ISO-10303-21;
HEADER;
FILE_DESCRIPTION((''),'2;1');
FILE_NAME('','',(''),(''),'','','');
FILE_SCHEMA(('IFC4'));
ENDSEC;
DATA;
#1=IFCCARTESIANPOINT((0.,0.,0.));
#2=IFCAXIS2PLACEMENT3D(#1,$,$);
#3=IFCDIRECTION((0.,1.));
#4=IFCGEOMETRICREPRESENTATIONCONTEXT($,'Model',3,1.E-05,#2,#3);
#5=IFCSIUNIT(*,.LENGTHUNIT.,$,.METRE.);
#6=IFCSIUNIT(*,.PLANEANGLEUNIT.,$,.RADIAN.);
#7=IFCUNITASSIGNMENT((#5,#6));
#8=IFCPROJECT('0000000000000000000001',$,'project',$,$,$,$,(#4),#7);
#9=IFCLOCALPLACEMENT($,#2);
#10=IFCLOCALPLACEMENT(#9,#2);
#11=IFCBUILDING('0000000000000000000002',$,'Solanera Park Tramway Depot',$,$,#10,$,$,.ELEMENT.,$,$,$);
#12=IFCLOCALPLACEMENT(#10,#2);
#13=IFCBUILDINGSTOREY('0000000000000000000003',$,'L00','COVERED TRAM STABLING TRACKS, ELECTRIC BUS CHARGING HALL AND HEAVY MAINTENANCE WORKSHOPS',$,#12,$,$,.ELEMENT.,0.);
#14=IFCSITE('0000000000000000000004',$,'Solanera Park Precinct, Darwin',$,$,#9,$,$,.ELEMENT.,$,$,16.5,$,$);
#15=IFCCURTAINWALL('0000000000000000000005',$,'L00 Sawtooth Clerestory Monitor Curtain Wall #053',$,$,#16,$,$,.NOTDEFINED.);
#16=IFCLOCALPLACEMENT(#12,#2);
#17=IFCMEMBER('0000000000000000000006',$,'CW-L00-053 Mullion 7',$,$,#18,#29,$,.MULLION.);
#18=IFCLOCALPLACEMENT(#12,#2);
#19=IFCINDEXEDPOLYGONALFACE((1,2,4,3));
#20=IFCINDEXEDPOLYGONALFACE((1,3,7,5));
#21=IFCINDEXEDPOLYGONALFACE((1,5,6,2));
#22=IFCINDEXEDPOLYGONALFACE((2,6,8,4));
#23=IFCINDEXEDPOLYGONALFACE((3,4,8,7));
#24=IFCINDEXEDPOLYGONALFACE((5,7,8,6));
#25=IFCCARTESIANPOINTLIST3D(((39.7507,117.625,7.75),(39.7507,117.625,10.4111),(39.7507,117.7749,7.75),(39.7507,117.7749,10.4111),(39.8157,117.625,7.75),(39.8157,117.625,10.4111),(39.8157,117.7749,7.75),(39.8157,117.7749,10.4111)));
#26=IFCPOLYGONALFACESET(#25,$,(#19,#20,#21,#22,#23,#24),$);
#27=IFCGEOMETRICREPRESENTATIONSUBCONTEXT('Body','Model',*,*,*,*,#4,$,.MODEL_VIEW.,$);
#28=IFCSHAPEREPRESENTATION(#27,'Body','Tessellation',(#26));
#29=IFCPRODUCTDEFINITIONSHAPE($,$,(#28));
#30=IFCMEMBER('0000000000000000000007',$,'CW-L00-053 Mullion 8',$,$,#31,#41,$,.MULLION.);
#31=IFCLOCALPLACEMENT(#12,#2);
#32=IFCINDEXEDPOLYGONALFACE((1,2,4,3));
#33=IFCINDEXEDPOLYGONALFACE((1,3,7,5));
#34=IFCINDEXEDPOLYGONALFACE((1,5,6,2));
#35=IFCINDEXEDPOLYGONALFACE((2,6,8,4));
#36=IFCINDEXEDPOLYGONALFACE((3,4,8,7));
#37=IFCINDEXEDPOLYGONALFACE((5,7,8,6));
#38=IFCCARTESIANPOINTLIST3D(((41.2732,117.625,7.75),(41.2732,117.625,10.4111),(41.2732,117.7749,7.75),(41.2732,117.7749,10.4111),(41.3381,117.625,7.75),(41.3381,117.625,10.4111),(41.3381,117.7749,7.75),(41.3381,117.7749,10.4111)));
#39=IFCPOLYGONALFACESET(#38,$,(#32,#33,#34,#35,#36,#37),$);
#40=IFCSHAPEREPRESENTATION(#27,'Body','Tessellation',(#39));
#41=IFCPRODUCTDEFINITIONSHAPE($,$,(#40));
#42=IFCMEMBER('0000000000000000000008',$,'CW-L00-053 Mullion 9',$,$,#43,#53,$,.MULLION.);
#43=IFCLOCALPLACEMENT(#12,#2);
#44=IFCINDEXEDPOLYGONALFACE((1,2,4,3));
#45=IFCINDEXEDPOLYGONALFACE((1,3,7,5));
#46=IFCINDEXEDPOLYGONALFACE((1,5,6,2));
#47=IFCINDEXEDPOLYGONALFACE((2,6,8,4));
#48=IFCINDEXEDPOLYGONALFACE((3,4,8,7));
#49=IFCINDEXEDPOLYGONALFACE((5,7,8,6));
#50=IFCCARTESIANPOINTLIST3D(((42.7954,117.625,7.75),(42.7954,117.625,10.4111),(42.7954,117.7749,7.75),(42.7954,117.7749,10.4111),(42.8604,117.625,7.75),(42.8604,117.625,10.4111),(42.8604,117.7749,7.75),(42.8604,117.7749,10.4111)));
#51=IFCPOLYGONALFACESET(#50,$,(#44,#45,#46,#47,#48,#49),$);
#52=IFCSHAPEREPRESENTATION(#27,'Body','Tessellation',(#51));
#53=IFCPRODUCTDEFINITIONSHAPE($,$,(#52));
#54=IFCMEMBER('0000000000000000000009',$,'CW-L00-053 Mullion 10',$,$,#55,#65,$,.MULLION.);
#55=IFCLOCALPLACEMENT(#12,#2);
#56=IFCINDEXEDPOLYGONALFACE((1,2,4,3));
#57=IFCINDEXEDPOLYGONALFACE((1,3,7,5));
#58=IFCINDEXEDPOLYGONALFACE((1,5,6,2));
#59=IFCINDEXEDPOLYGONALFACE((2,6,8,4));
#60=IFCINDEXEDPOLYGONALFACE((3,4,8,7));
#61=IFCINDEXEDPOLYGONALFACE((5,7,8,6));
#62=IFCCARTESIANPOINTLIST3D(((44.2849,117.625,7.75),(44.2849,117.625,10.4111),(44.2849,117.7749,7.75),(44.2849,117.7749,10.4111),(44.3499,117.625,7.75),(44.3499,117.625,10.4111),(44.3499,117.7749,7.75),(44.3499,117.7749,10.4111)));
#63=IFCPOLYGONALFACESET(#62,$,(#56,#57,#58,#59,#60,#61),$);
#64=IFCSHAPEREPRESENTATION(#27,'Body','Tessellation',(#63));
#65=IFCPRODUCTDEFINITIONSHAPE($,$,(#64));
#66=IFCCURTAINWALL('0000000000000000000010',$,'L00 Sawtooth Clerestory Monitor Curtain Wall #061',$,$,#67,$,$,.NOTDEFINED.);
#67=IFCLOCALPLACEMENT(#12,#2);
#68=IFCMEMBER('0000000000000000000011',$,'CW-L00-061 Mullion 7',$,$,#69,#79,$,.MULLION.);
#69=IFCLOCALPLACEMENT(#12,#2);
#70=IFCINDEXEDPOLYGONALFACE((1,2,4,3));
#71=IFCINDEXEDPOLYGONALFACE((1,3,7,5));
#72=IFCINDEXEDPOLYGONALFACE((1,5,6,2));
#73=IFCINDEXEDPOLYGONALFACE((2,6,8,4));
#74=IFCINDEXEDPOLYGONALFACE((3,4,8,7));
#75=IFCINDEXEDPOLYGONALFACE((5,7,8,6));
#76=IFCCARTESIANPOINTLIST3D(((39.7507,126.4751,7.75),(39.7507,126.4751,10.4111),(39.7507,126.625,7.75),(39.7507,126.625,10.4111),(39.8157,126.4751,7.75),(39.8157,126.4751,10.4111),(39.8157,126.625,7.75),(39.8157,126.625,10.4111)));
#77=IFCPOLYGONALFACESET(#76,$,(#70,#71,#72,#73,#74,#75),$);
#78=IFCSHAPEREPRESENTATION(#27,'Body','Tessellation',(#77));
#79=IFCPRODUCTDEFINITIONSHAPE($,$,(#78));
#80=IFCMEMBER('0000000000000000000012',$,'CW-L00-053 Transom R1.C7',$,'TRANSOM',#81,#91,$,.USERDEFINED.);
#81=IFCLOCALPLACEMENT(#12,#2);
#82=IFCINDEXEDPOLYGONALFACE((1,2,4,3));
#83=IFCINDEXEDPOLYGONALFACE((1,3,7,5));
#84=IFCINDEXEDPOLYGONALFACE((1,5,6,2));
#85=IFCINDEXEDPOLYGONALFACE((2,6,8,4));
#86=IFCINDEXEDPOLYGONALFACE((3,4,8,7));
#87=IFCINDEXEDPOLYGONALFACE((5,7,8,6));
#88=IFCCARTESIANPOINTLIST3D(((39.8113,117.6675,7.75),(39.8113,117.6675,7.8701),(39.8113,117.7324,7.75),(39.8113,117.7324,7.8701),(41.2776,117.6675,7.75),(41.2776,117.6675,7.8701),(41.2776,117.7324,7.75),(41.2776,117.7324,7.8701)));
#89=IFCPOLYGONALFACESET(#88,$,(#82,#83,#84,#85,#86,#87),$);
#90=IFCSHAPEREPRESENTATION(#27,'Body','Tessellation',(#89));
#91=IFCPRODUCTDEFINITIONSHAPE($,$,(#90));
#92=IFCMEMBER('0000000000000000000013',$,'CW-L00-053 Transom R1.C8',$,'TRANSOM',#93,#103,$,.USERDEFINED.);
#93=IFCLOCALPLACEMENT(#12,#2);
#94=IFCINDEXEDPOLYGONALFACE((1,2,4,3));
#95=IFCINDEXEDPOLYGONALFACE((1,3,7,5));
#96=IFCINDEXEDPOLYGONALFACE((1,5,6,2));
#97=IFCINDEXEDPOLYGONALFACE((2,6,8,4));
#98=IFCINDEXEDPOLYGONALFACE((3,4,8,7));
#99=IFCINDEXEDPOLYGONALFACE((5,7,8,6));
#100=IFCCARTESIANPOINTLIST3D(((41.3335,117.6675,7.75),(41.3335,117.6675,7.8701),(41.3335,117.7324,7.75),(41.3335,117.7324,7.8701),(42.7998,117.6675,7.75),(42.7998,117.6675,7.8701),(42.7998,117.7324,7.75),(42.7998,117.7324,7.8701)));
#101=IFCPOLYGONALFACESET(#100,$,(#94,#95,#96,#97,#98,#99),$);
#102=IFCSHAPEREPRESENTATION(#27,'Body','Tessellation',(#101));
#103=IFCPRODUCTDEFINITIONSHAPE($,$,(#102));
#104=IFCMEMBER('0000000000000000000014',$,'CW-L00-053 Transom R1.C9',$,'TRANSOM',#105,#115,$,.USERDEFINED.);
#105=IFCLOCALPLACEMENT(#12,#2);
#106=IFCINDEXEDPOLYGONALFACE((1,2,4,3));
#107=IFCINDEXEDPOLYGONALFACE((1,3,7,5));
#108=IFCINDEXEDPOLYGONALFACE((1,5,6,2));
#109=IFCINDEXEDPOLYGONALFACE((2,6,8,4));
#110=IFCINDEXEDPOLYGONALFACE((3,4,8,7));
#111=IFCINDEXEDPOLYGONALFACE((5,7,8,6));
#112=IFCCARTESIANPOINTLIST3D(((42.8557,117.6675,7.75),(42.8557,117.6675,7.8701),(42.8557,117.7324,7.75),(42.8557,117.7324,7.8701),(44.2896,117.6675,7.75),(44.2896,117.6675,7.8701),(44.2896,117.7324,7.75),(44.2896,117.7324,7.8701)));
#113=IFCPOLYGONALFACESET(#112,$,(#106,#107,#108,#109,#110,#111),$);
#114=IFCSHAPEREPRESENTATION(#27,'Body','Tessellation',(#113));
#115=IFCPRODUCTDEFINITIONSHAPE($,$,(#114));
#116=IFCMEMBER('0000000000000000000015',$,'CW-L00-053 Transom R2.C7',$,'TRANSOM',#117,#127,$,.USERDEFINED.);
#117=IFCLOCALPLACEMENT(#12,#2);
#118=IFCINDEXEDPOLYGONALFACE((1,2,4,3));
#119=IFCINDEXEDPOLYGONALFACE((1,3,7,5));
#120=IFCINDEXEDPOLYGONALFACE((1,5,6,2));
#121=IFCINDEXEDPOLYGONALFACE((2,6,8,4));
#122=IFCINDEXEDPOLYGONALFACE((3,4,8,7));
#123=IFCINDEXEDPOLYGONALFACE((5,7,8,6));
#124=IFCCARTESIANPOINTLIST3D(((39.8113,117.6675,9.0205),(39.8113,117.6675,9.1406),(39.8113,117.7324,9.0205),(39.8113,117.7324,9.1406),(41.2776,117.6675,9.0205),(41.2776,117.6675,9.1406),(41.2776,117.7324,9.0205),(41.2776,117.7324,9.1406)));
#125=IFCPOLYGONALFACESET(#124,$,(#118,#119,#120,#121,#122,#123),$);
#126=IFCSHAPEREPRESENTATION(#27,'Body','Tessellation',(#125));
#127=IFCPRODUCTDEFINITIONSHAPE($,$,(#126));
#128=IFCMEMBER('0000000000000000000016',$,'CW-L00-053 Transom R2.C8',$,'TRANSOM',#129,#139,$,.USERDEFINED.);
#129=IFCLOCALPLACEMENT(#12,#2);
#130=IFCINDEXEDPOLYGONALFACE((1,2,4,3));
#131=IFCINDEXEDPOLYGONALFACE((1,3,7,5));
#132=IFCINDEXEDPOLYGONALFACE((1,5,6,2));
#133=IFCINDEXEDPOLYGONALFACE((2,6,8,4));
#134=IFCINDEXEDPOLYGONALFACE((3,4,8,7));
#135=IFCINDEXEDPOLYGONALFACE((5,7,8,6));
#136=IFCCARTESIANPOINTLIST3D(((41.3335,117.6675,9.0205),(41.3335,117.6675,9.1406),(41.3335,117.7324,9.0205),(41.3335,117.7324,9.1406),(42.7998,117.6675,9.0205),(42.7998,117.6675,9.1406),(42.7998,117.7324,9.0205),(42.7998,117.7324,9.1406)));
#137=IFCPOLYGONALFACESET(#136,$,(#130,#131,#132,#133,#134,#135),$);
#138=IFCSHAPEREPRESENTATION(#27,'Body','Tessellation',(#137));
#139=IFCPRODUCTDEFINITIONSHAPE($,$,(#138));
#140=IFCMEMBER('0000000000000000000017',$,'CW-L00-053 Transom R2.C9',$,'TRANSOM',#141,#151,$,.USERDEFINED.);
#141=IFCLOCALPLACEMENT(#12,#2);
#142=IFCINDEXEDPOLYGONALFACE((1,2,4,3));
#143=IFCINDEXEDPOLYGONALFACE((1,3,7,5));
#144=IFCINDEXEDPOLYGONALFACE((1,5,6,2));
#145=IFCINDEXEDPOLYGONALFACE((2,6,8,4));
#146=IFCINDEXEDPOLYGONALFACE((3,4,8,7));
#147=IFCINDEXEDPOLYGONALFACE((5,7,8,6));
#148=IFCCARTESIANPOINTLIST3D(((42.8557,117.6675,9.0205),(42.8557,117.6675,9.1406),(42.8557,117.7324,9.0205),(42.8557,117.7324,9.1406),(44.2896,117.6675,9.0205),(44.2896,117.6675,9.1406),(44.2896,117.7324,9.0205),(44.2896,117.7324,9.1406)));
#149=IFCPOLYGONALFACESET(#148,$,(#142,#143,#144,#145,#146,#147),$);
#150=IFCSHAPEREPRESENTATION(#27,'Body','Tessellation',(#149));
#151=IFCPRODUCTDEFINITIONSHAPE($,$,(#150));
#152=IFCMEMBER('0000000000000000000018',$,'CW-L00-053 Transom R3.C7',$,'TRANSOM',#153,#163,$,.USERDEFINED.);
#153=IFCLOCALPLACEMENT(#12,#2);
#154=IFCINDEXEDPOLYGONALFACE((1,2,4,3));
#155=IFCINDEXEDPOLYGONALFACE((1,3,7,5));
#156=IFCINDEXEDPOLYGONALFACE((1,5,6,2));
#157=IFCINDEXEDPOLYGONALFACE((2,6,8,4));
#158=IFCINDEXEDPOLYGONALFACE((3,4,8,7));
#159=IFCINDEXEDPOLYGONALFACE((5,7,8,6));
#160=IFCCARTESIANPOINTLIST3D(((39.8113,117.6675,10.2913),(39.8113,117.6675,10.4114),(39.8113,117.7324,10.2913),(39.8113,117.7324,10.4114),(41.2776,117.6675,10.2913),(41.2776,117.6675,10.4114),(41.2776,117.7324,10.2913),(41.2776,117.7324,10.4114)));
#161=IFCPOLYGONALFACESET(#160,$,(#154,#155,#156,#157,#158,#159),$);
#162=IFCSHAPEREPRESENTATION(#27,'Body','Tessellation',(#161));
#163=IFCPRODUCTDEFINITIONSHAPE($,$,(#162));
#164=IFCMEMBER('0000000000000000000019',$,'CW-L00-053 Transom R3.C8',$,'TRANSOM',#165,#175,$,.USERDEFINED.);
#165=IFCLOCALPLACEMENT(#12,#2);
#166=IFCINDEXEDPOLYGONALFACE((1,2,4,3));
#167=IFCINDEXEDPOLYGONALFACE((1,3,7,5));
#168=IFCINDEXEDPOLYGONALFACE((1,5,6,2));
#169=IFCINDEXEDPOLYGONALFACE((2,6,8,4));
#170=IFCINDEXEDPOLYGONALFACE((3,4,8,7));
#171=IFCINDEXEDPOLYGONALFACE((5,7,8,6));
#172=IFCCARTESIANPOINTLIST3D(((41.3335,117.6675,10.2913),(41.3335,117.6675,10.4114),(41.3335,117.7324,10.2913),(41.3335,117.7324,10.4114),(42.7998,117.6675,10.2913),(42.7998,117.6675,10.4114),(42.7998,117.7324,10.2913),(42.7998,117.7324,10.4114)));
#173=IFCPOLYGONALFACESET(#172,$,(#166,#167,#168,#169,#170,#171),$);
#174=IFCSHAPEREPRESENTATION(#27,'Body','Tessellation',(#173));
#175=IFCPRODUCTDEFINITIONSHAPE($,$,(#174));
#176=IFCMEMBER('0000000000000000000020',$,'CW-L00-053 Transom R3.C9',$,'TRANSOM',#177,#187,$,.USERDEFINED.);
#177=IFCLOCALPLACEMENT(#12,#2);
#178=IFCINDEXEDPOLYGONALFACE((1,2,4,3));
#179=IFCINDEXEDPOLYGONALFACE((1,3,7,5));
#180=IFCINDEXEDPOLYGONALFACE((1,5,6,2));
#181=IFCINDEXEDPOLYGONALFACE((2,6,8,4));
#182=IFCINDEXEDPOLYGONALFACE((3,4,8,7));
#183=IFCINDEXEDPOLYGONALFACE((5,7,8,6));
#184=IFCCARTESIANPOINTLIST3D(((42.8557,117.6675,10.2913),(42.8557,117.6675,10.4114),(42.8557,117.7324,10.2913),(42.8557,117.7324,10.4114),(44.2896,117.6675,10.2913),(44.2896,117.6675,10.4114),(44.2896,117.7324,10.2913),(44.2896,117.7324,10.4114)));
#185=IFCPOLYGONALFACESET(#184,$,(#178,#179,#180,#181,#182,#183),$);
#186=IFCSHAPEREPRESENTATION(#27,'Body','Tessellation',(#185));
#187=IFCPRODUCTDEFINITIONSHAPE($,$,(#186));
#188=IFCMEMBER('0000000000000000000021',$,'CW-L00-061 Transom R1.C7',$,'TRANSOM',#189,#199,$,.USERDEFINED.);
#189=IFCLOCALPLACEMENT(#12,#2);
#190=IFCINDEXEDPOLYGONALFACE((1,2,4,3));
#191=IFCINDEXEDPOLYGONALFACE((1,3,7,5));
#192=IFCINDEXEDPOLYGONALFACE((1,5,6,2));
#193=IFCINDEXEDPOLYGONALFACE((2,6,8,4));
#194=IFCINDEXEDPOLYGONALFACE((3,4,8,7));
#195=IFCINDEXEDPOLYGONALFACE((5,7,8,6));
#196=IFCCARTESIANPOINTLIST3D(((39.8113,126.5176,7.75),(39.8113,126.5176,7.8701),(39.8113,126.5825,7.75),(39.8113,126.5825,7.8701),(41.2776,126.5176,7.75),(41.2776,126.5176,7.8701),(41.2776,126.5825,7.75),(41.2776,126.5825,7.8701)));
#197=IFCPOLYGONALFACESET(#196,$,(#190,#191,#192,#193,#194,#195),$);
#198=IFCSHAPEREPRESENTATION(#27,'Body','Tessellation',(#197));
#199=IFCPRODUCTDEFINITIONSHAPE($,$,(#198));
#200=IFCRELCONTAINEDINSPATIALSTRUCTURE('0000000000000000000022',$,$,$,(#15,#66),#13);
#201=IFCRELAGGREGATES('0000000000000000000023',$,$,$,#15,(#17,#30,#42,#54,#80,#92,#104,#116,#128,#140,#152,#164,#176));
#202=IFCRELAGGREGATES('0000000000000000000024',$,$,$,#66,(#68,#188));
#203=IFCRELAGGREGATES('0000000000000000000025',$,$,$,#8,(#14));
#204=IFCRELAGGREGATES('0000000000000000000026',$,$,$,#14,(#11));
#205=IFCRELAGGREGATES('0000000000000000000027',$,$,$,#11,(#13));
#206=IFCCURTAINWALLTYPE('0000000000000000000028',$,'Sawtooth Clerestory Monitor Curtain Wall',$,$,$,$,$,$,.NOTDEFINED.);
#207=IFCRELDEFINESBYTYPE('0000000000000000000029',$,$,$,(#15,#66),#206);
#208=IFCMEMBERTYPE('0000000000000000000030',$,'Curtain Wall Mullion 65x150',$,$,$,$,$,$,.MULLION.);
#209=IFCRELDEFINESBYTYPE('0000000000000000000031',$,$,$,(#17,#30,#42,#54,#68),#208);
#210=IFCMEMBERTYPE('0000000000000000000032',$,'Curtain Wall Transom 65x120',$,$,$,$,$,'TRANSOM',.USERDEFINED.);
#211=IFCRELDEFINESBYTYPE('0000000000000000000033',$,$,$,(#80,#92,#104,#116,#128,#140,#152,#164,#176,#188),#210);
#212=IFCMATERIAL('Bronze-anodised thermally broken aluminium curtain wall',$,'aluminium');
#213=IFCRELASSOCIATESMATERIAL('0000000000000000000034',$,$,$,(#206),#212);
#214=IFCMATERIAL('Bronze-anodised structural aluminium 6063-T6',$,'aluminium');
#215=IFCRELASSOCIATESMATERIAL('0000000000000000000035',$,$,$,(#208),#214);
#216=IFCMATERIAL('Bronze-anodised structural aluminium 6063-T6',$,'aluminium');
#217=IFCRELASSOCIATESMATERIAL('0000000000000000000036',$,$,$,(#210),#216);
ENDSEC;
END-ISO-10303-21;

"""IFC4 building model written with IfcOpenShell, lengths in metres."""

from ifc_helpers import new_model, si_unit, direction, frame, origin, origin_2d, place, context, subcontext, project, spatial, rectangle, extrude, material, material_profile, profile_set, type_object, element, aggregate, save


model = new_model("IFC4")

# Units and contexts
model_context = context("Model", 3, precision=1e-05, world=origin(), true_north=direction((0.0, 1.0)))
body_context = subcontext(model_context, "Body", "Model", "MODEL_VIEW")
ifc_project = project(units=[si_unit("LENGTHUNIT", "METRE"), si_unit("PLANEANGLEUNIT", "RADIAN")], contexts=[model_context])

# Site, building, storey
site_placement = place(None, origin())
site = spatial("IfcSite", under=ifc_project, at=site_placement, Name="Solanera Park Precinct, Darwin", CompositionType="ELEMENT", RefElevation=16.5)
building_placement = place(site_placement, origin())
building = spatial("IfcBuilding", under=site, at=building_placement, Name="Solanera Park Tramway Depot", CompositionType="ELEMENT")
storey_placement = place(building_placement, origin())
storey = spatial("IfcBuildingStorey", under=building, at=storey_placement, Name="L00", Description="COVERED TRAM STABLING TRACKS, ELECTRIC BUS CHARGING HALL AND HEAVY MAINTENANCE WORKSHOPS", CompositionType="ELEMENT", Elevation=0.0)

# Curtain wall, members
ifc_material_1 = material(Name="Bronze-anodised thermally broken aluminium curtain wall", Category="aluminium")
curtain_wall_type = type_object("IfcCurtainWallType", Name="Sawtooth Clerestory Monitor Curtain Wall", PredefinedType="NOTDEFINED", material=ifc_material_1)
curtain_wall_1_placement = place(storey_placement, origin())
curtain_wall_1 = element("IfcCurtainWall", 1, at=curtain_wall_1_placement, inside=storey, type_object=curtain_wall_type, Name="L00 Sawtooth Clerestory Monitor Curtain Wall #053", PredefinedType="NOTDEFINED")
ifc_material_2 = material(Name="Bronze-anodised structural aluminium 6063-T6", Category="aluminium")
ifc_material_profile_1 = material_profile(ifc_material_2, rectangle(XDim=0.0649, YDim=0.1499, at=origin_2d()), Name="Curtain Wall Mullion 65x150")
ifc_profile_set_1 = profile_set([ifc_material_profile_1], Name="Bronze-anodised structural aluminium 6063-T6")
member_type_1 = type_object("IfcMemberType", Name="Curtain Wall Mullion 65x150", PredefinedType="MULLION", material=ifc_profile_set_1)
member_1_placement = place(storey_placement, frame((39.7832, 117.7, 7.75), z_axis=(0.0, 0.0, 1.0), x_axis=(1.0, 0.0, 0.0)))
member_1 = element("IfcMember", 2, at=member_1_placement, type_object=member_type_1, Name="CW-L00-053 Mullion 7", PredefinedType="MULLION", context=body_context, shape_type="SweptSolid", body=[
    extrude(rectangle(XDim=0.0649, YDim=0.1499, at=origin_2d()), origin(), (0.0, 0.0, 1.0), 2.6611),
])
member_2_placement = place(storey_placement, frame((41.3057, 117.7, 7.75), z_axis=(0.0, 0.0, 1.0), x_axis=(1.0, 0.0, 0.0)))
member_2 = element("IfcMember", 3, at=member_2_placement, type_object=member_type_1, Name="CW-L00-053 Mullion 8", PredefinedType="MULLION", context=body_context, shape_type="SweptSolid", body=[
    extrude(rectangle(XDim=0.0649, YDim=0.1499, at=origin_2d()), origin(), (0.0, 0.0, 1.0), 2.6611),
])
member_3_placement = place(storey_placement, frame((42.8279, 117.7, 7.75), z_axis=(0.0, 0.0, 1.0), x_axis=(1.0, 0.0, 0.0)))
member_3 = element("IfcMember", 4, at=member_3_placement, type_object=member_type_1, Name="CW-L00-053 Mullion 9", PredefinedType="MULLION", context=body_context, shape_type="SweptSolid", body=[
    extrude(rectangle(XDim=0.0649, YDim=0.1499, at=origin_2d()), origin(), (0.0, 0.0, 1.0), 2.6611),
])
member_4_placement = place(storey_placement, frame((44.3174, 117.7, 7.75), z_axis=(0.0, 0.0, 1.0), x_axis=(1.0, 0.0, 0.0)))
member_4 = element("IfcMember", 5, at=member_4_placement, type_object=member_type_1, Name="CW-L00-053 Mullion 10", PredefinedType="MULLION", context=body_context, shape_type="SweptSolid", body=[
    extrude(rectangle(XDim=0.0649, YDim=0.1499, at=origin_2d()), origin(), (0.0, 0.0, 1.0), 2.6611),
])

# Curtain wall, member
curtain_wall_2_placement = place(storey_placement, origin())
curtain_wall_2 = element("IfcCurtainWall", 6, at=curtain_wall_2_placement, inside=storey, type_object=curtain_wall_type, Name="L00 Sawtooth Clerestory Monitor Curtain Wall #061", PredefinedType="NOTDEFINED")
member_5_placement = place(storey_placement, frame((39.7832, 126.55, 7.75), z_axis=(0.0, 0.0, 1.0), x_axis=(1.0, 0.0, 0.0)))
member_5 = element("IfcMember", 7, at=member_5_placement, type_object=member_type_1, Name="CW-L00-061 Mullion 7", PredefinedType="MULLION", context=body_context, shape_type="SweptSolid", body=[
    extrude(rectangle(XDim=0.0649, YDim=0.1499, at=origin_2d()), origin(), (0.0, 0.0, 1.0), 2.6611),
])

# Members
ifc_material_3 = material(Name="Bronze-anodised structural aluminium 6063-T6", Category="aluminium")
ifc_material_profile_2 = material_profile(ifc_material_3, rectangle(XDim=0.0649, YDim=0.1201, at=origin_2d()), Name="Curtain Wall Transom 65x120")
ifc_profile_set_2 = profile_set([ifc_material_profile_2], Name="Bronze-anodised structural aluminium 6063-T6")
member_type_2 = type_object("IfcMemberType", Name="Curtain Wall Transom 65x120", ElementType="TRANSOM", PredefinedType="USERDEFINED", material=ifc_profile_set_2)
member_6_placement = place(storey_placement, frame((39.8113, 117.7, 7.8101), z_axis=(1.0, 0.0, 0.0), x_axis=(0.0, 1.0, 0.0)))
member_6 = element("IfcMember", 8, at=member_6_placement, type_object=member_type_2, Name="CW-L00-053 Transom R1.C7", ObjectType="TRANSOM", PredefinedType="USERDEFINED", context=body_context, shape_type="SweptSolid", body=[
    extrude(rectangle(XDim=0.0649, YDim=0.1201, at=origin_2d()), origin(), (0.0, 0.0, 1.0), 1.4663),
])
member_7_placement = place(storey_placement, frame((41.3335, 117.7, 7.8101), z_axis=(1.0, 0.0, 0.0), x_axis=(0.0, 1.0, 0.0)))
member_7 = element("IfcMember", 9, at=member_7_placement, type_object=member_type_2, Name="CW-L00-053 Transom R1.C8", ObjectType="TRANSOM", PredefinedType="USERDEFINED", context=body_context, shape_type="SweptSolid", body=[
    extrude(rectangle(XDim=0.0649, YDim=0.1201, at=origin_2d()), origin(), (0.0, 0.0, 1.0), 1.4663),
])
member_8_placement = place(storey_placement, frame((42.8557, 117.7, 7.8101), z_axis=(1.0, 0.0, 0.0), x_axis=(0.0, 1.0, 0.0)))
member_8 = element("IfcMember", 10, at=member_8_placement, type_object=member_type_2, Name="CW-L00-053 Transom R1.C9", ObjectType="TRANSOM", PredefinedType="USERDEFINED", context=body_context, shape_type="SweptSolid", body=[
    extrude(rectangle(XDim=0.0649, YDim=0.1201, at=origin_2d()), origin(), (0.0, 0.0, 1.0), 1.4338),
])
member_9_placement = place(storey_placement, frame((39.8113, 117.7, 9.0806), z_axis=(1.0, 0.0, 0.0), x_axis=(0.0, 1.0, 0.0)))
member_9 = element("IfcMember", 11, at=member_9_placement, type_object=member_type_2, Name="CW-L00-053 Transom R2.C7", ObjectType="TRANSOM", PredefinedType="USERDEFINED", context=body_context, shape_type="SweptSolid", body=[
    extrude(rectangle(XDim=0.0649, YDim=0.1201, at=origin_2d()), origin(), (0.0, 0.0, 1.0), 1.4663),
])
member_10_placement = place(storey_placement, frame((41.3335, 117.7, 9.0806), z_axis=(1.0, 0.0, 0.0), x_axis=(0.0, 1.0, 0.0)))
member_10 = element("IfcMember", 12, at=member_10_placement, type_object=member_type_2, Name="CW-L00-053 Transom R2.C8", ObjectType="TRANSOM", PredefinedType="USERDEFINED", context=body_context, shape_type="SweptSolid", body=[
    extrude(rectangle(XDim=0.0649, YDim=0.1201, at=origin_2d()), origin(), (0.0, 0.0, 1.0), 1.4663),
])
member_11_placement = place(storey_placement, frame((42.8557, 117.7, 9.0806), z_axis=(1.0, 0.0, 0.0), x_axis=(0.0, 1.0, 0.0)))
member_11 = element("IfcMember", 13, at=member_11_placement, type_object=member_type_2, Name="CW-L00-053 Transom R2.C9", ObjectType="TRANSOM", PredefinedType="USERDEFINED", context=body_context, shape_type="SweptSolid", body=[
    extrude(rectangle(XDim=0.0649, YDim=0.1201, at=origin_2d()), origin(), (0.0, 0.0, 1.0), 1.4338),
])
member_12_placement = place(storey_placement, frame((39.8113, 117.7, 10.3513), z_axis=(1.0, 0.0, 0.0), x_axis=(0.0, 1.0, 0.0)))
member_12 = element("IfcMember", 14, at=member_12_placement, type_object=member_type_2, Name="CW-L00-053 Transom R3.C7", ObjectType="TRANSOM", PredefinedType="USERDEFINED", context=body_context, shape_type="SweptSolid", body=[
    extrude(rectangle(XDim=0.0649, YDim=0.1201, at=origin_2d()), origin(), (0.0, 0.0, 1.0), 1.4663),
])
member_13_placement = place(storey_placement, frame((41.3335, 117.7, 10.3513), z_axis=(1.0, 0.0, 0.0), x_axis=(0.0, 1.0, 0.0)))
member_13 = element("IfcMember", 15, at=member_13_placement, type_object=member_type_2, Name="CW-L00-053 Transom R3.C8", ObjectType="TRANSOM", PredefinedType="USERDEFINED", context=body_context, shape_type="SweptSolid", body=[
    extrude(rectangle(XDim=0.0649, YDim=0.1201, at=origin_2d()), origin(), (0.0, 0.0, 1.0), 1.4663),
])
member_14_placement = place(storey_placement, frame((42.8557, 117.7, 10.3513), z_axis=(1.0, 0.0, 0.0), x_axis=(0.0, 1.0, 0.0)))
member_14 = element("IfcMember", 16, at=member_14_placement, type_object=member_type_2, Name="CW-L00-053 Transom R3.C9", ObjectType="TRANSOM", PredefinedType="USERDEFINED", context=body_context, shape_type="SweptSolid", body=[
    extrude(rectangle(XDim=0.0649, YDim=0.1201, at=origin_2d()), origin(), (0.0, 0.0, 1.0), 1.4338),
])
member_15_placement = place(storey_placement, frame((39.8113, 126.55, 7.8101), z_axis=(1.0, 0.0, 0.0), x_axis=(0.0, 1.0, 0.0)))
member_15 = element("IfcMember", 17, at=member_15_placement, type_object=member_type_2, Name="CW-L00-061 Transom R1.C7", ObjectType="TRANSOM", PredefinedType="USERDEFINED", context=body_context, shape_type="SweptSolid", body=[
    extrude(rectangle(XDim=0.0649, YDim=0.1201, at=origin_2d()), origin(), (0.0, 0.0, 1.0), 1.4663),
])

aggregate(curtain_wall_1, [member_1, member_2, member_3, member_4, member_6, member_7, member_8, member_9, member_10, member_11, member_12, member_13, member_14])
aggregate(curtain_wall_2, [member_5, member_15])

save(model, "model.ifc")
